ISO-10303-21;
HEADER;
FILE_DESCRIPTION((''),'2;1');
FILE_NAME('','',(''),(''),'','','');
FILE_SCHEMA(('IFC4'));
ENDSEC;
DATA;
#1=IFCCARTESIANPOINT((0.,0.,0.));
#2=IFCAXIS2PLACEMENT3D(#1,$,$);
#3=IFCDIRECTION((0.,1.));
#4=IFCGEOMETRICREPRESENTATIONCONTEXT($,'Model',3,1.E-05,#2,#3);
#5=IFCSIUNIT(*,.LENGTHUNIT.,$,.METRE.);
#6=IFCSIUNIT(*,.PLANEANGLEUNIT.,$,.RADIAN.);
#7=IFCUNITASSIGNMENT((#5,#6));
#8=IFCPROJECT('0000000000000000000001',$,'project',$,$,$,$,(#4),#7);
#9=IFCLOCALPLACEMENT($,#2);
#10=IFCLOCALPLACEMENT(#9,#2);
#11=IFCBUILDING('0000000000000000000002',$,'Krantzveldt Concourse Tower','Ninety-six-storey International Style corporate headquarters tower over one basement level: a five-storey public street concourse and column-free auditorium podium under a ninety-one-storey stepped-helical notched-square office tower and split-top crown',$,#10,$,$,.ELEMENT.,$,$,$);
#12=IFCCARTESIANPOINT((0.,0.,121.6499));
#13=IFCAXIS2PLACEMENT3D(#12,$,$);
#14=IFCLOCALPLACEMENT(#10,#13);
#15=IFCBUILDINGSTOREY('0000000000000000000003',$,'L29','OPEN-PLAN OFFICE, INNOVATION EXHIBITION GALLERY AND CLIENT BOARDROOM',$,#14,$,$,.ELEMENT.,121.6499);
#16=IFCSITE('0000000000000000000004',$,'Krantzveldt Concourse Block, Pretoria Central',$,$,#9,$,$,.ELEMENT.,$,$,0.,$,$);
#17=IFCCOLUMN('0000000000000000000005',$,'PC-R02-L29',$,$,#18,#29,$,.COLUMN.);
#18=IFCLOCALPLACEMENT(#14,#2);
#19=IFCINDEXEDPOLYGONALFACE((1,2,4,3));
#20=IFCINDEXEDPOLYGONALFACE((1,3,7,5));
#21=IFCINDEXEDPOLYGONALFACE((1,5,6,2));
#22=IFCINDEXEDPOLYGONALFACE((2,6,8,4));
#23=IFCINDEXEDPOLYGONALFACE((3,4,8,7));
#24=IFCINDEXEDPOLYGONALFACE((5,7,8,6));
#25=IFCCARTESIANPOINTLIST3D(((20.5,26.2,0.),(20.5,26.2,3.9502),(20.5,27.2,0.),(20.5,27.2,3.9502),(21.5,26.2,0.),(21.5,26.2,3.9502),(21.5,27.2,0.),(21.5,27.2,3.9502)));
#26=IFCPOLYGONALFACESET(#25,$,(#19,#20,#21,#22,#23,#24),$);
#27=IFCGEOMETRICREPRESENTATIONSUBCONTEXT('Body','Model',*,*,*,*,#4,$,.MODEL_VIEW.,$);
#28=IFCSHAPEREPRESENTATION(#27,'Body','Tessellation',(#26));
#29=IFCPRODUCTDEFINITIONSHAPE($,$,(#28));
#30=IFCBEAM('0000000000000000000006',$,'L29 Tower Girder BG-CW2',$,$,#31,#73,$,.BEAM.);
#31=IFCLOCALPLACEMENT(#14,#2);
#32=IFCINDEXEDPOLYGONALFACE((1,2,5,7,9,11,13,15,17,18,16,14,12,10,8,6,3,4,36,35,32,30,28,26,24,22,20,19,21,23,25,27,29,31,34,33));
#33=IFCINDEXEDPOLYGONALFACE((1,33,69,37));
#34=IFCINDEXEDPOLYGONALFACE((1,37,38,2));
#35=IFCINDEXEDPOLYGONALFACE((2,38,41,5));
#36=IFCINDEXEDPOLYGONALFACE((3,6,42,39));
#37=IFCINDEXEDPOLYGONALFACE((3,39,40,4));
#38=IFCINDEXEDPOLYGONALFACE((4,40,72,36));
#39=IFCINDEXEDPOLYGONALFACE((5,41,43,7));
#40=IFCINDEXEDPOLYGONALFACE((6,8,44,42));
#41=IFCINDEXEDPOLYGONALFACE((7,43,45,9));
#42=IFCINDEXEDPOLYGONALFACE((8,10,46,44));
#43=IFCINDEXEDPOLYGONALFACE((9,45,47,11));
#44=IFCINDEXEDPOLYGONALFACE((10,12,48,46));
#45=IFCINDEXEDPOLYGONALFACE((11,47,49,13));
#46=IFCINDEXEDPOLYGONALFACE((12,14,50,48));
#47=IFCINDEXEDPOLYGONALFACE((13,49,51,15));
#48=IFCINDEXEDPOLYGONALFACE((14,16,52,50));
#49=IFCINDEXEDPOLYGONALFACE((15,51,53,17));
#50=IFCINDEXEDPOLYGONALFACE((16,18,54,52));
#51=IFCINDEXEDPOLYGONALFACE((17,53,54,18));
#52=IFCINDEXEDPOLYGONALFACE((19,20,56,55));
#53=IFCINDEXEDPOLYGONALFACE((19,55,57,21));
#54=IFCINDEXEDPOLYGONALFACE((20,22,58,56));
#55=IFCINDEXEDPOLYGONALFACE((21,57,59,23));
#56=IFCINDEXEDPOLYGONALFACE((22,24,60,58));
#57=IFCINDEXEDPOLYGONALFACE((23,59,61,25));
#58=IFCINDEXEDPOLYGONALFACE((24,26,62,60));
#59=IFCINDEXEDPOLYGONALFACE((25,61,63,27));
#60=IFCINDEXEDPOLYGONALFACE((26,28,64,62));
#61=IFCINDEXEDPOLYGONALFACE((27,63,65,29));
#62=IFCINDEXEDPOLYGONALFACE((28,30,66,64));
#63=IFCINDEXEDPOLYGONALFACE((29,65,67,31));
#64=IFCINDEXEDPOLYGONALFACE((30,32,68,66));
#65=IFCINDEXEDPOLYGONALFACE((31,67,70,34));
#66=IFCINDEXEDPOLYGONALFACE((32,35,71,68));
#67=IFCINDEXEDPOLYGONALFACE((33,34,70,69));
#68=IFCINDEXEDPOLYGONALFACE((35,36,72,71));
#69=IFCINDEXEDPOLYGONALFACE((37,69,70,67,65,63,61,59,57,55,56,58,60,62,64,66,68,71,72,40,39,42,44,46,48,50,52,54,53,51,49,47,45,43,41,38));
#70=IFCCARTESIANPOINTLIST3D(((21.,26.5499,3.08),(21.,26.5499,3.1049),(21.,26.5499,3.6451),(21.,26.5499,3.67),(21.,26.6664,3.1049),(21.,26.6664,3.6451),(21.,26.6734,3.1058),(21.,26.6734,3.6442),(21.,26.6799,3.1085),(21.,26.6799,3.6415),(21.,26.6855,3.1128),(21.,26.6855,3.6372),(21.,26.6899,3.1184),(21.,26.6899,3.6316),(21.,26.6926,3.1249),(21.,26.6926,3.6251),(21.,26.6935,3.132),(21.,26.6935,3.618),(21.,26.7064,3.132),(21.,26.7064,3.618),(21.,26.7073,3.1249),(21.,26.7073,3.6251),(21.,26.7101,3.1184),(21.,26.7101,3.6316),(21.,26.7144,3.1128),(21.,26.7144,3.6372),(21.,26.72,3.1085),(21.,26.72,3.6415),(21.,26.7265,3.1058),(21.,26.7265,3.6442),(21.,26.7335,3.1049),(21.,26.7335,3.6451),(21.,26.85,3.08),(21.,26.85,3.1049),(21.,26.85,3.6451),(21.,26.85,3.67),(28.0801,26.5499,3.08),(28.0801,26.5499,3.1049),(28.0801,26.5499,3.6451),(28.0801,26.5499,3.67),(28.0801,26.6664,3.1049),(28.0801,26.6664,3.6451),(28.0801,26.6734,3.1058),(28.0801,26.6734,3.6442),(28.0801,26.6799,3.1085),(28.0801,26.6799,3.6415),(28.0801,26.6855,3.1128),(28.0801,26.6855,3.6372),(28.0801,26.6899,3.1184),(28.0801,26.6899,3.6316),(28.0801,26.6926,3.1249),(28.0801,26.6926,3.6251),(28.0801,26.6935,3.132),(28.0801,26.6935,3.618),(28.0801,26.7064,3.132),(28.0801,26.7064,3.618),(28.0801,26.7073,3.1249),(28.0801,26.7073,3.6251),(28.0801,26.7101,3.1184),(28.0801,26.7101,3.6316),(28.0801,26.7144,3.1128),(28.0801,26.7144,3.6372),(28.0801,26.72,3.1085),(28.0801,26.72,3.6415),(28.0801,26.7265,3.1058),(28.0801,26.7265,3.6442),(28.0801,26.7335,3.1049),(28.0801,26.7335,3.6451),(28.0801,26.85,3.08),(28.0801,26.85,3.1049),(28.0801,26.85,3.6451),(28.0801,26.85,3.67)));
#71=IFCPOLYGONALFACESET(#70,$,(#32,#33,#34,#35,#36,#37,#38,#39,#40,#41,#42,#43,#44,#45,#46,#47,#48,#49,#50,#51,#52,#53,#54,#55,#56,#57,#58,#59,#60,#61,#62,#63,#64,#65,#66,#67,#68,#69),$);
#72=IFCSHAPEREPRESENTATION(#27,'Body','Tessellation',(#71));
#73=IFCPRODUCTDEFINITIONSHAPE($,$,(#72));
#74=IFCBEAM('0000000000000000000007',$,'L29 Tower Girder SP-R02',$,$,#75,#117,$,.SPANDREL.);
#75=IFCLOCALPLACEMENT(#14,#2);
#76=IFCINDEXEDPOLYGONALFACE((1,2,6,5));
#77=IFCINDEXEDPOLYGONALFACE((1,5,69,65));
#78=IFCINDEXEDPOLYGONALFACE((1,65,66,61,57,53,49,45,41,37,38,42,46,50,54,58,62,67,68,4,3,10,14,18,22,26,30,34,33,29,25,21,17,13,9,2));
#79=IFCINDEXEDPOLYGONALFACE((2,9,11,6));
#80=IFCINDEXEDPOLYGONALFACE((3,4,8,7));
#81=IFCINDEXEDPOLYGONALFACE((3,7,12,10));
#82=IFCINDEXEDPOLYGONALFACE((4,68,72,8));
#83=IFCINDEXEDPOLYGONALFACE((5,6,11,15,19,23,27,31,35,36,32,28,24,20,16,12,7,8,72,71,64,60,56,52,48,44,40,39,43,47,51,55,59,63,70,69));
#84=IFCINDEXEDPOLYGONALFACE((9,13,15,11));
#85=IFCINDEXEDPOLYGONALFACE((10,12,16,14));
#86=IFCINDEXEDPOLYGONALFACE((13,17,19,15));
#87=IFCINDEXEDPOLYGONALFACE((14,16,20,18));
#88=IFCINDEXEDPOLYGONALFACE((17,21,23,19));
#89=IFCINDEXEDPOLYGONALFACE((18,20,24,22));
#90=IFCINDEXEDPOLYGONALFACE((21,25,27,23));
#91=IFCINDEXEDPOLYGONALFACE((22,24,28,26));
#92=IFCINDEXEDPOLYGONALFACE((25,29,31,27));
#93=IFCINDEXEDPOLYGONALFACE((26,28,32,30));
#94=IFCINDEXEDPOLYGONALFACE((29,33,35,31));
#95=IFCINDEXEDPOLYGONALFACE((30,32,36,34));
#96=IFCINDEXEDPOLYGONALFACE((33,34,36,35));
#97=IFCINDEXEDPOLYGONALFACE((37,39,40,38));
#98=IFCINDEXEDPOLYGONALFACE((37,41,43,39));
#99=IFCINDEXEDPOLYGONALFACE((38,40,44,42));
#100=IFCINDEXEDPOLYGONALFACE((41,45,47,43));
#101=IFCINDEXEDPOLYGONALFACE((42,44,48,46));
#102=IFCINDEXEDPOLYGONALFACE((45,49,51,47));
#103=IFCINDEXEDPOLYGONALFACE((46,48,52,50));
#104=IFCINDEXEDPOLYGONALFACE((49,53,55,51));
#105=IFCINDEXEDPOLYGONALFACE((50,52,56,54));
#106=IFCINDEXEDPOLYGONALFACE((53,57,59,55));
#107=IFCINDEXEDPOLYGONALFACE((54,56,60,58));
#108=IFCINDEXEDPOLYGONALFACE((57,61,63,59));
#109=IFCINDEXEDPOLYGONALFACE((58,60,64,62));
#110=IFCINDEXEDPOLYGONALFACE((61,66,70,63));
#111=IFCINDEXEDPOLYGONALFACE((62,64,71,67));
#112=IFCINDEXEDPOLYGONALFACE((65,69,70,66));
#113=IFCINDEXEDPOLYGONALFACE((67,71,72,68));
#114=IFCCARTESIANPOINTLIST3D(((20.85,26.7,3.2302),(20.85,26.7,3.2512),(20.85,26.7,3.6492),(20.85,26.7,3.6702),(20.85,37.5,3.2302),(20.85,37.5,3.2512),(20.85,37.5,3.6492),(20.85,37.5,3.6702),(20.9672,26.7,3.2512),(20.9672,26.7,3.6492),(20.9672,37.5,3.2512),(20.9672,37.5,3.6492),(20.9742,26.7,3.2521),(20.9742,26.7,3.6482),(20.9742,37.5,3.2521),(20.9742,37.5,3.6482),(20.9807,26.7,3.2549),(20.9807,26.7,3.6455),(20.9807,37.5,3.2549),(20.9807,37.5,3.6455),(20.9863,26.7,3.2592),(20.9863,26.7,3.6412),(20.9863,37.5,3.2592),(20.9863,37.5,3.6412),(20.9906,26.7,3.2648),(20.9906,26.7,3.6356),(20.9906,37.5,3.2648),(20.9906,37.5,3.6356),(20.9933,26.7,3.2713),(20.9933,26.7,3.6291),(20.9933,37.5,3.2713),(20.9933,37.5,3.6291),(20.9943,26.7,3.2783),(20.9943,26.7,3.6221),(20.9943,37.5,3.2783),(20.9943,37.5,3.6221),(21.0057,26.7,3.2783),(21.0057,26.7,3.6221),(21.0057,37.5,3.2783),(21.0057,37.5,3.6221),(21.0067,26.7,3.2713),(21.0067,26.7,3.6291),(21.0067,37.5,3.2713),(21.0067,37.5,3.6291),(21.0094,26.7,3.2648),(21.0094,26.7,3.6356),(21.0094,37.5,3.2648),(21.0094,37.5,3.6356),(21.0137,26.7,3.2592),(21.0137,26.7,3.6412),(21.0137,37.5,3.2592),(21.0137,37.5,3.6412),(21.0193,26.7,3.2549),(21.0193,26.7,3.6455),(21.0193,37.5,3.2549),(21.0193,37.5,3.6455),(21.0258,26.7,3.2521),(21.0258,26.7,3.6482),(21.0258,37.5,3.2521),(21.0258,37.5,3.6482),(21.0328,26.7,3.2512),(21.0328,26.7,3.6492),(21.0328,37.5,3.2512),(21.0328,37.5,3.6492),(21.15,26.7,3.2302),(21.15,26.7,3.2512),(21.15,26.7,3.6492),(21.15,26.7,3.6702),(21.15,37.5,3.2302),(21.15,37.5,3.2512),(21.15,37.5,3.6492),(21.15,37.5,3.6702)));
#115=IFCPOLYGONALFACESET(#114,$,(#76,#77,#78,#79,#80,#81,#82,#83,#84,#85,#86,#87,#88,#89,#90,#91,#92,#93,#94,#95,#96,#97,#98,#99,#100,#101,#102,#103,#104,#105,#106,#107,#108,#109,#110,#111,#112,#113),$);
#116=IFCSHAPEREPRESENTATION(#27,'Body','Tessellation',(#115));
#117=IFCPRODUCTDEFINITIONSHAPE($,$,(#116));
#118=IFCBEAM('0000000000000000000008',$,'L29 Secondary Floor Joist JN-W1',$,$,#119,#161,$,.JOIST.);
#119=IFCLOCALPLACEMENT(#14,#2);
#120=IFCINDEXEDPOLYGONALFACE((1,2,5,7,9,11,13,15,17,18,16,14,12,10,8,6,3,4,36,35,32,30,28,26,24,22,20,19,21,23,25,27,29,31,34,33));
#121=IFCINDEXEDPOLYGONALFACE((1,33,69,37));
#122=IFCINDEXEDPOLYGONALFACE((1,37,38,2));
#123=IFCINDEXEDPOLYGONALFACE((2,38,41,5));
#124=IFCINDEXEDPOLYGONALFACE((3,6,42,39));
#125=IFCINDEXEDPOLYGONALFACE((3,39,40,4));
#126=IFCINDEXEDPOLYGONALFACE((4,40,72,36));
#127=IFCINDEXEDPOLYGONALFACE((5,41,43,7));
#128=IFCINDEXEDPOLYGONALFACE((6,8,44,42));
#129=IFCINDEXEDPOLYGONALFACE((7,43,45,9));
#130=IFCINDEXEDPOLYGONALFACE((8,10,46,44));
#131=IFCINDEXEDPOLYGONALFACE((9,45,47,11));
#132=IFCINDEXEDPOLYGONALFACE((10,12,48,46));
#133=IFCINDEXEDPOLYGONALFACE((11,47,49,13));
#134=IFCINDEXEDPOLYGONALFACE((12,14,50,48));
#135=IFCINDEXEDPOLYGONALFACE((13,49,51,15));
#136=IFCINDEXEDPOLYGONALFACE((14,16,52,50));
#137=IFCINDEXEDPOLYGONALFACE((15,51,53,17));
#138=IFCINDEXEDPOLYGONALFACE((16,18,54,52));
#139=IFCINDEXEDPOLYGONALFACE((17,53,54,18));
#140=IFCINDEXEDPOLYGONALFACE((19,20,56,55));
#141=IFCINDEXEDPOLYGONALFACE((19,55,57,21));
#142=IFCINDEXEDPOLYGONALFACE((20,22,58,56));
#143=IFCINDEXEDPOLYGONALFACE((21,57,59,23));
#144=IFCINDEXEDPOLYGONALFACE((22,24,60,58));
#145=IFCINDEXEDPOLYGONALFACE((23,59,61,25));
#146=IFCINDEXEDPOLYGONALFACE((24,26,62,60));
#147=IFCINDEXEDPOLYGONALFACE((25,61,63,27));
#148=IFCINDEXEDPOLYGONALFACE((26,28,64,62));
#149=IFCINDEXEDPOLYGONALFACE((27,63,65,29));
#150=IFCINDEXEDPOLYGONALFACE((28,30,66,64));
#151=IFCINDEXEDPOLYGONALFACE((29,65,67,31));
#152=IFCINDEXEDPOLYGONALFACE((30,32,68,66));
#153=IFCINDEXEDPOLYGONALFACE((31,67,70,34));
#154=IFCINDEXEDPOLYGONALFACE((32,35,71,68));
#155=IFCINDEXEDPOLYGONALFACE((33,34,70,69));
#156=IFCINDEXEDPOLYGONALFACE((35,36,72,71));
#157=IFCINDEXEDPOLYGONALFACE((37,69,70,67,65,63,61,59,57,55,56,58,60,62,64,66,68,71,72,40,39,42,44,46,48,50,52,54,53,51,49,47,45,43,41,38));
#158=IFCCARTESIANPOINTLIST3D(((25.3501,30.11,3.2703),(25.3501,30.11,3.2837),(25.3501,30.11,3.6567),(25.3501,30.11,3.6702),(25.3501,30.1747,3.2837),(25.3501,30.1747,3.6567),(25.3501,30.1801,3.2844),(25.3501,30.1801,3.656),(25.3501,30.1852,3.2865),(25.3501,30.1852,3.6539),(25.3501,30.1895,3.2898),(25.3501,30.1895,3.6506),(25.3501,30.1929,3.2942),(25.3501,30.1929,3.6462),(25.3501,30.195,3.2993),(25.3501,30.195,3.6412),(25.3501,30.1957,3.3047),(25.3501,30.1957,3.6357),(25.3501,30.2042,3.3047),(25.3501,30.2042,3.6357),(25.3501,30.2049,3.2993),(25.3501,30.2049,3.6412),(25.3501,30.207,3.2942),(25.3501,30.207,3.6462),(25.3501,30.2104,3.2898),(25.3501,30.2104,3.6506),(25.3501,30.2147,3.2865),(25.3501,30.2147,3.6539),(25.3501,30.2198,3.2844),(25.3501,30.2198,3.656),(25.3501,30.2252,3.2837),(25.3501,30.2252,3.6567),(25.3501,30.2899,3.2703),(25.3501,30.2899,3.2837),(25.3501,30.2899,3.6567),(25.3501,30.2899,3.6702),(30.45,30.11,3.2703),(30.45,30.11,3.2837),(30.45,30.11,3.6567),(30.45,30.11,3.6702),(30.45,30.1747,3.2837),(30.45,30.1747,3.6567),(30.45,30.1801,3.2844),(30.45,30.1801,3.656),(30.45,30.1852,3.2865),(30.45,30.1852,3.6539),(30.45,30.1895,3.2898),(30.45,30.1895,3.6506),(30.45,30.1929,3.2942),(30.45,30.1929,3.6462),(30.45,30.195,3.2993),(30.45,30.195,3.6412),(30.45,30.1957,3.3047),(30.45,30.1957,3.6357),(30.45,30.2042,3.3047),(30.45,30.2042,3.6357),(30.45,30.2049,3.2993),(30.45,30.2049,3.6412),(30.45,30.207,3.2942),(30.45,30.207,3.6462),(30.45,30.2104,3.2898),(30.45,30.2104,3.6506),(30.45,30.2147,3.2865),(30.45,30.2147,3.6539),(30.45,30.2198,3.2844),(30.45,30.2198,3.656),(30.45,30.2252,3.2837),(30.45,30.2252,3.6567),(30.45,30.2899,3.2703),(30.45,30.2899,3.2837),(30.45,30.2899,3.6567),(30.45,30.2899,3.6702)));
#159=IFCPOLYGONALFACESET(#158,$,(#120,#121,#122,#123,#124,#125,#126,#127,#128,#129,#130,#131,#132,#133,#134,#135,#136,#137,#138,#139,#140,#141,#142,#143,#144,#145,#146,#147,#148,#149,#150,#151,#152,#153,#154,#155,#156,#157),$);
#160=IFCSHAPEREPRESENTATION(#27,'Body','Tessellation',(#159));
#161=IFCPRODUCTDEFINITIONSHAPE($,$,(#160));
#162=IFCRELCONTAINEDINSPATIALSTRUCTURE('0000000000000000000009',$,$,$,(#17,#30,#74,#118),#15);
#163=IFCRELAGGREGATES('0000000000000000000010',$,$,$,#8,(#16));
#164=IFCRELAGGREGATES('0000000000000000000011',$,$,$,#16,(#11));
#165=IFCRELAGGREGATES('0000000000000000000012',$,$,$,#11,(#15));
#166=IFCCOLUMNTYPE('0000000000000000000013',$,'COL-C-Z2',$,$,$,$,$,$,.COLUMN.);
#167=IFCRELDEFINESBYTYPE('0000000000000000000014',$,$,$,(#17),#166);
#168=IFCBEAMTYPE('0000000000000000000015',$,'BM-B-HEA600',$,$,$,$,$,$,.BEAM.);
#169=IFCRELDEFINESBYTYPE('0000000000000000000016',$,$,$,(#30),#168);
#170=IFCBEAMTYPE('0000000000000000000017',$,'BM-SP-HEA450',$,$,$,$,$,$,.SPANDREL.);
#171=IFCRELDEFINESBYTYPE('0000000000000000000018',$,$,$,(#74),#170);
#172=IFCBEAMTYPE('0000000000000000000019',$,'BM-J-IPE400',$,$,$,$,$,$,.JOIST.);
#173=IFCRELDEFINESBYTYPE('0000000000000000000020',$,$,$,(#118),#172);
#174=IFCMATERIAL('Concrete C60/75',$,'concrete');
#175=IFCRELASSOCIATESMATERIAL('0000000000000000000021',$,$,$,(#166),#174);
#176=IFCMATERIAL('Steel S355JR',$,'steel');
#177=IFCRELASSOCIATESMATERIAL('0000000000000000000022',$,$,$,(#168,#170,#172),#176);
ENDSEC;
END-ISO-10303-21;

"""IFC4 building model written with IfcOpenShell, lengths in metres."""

from ifc_helpers import new_model, si_unit, direction, frame, origin, origin_2d, place, context, subcontext, project, spatial, rectangle, i_section, extrude, source, transform, mapped, material, material_profile, profile_set, type_object, type_shapes, element, save


model = new_model("IFC4")

# Units and contexts
model_context = context("Model", 3, precision=1e-05, world=origin(), true_north=direction((0.0, 1.0)))
body_context = subcontext(model_context, "Body", "Model", "MODEL_VIEW")
ifc_project = project(units=[si_unit("LENGTHUNIT", "METRE"), si_unit("PLANEANGLEUNIT", "RADIAN")], contexts=[model_context])

# Site, building, storey
site_placement = place(None, origin())
site = spatial("IfcSite", under=ifc_project, at=site_placement, Name="Krantzveldt Concourse Block, Pretoria Central", CompositionType="ELEMENT", RefElevation=0.0)
building_placement = place(site_placement, origin())
building = spatial("IfcBuilding", under=site, at=building_placement, Name="Krantzveldt Concourse Tower", Description="Ninety-six-storey International Style corporate headquarters tower over one basement level: a five-storey public street concourse and column-free auditorium podium under a ninety-one-storey stepped-helical notched-square office tower and split-top crown", CompositionType="ELEMENT")
storey_placement = place(building_placement, frame((0.0, 0.0, 121.6499)))
storey = spatial("IfcBuildingStorey", under=building, at=storey_placement, Name="L29", Description="OPEN-PLAN OFFICE, INNOVATION EXHIBITION GALLERY AND CLIENT BOARDROOM", CompositionType="ELEMENT", Elevation=121.6499)

# Column
ifc_material_1 = material(Name="Concrete C60/75", Category="concrete")
ifc_material_profile_1 = material_profile(ifc_material_1, rectangle(XDim=1.0, YDim=1.0, at=origin_2d()), Name="Concrete C60/75", Category="concrete")
ifc_profile_set_1 = profile_set([ifc_material_profile_1], Name="Concrete C60/75 - RC 1000x1000")
column_type = type_object("IfcColumnType", Name="COL-C-Z2", PredefinedType="COLUMN", material=ifc_profile_set_1)
shared_shape_1 = source(origin(), body_context, "Body", "SweptSolid", [
    extrude(rectangle(XDim=1.0, YDim=1.0, at=origin_2d()), origin(), (0.0, 0.0, 1.0), 3.9502),
])
type_shapes(column_type, [shared_shape_1])
column_placement = place(storey_placement, frame((21.0, 26.7, 0.0), z_axis=(0.0, 0.0, 1.0), x_axis=(1.0, 0.0, 0.0)))
element("IfcColumn", 1, at=column_placement, inside=storey, type_object=column_type, Name="PC-R02-L29", PredefinedType="COLUMN", context=body_context, shape_type="MappedRepresentation", body=[
    mapped(shared_shape_1, transform((0.0, 0.0, 0.0), x_axis=(1.0, 0.0, 0.0), y_axis=(0.0, 1.0, 0.0), z_axis=(0.0, 0.0, 1.0), scale=1.0)),
])

# Beams
ifc_material_2 = material(Name="Steel S355JR", Category="steel")
ifc_material_profile_2 = material_profile(ifc_material_2, i_section(OverallWidth=0.3, OverallDepth=0.5901, WebThickness=0.0129, FlangeThickness=0.0249, FilletRadius=0.0271, at=origin_2d()), Name="Steel S355JR", Category="steel")
ifc_profile_set_2 = profile_set([ifc_material_profile_2], Name="Steel S355JR - HEA 600")
beam_type_1 = type_object("IfcBeamType", Name="BM-B-HEA600", PredefinedType="BEAM", material=ifc_profile_set_2)
shared_shape_2 = source(origin(), body_context, "Body", "SweptSolid", [
    extrude(i_section(OverallWidth=0.3, OverallDepth=0.5901, WebThickness=0.0129, FlangeThickness=0.0249, FilletRadius=0.0271, at=origin_2d()), origin(), (0.0, 0.0, 1.0), 7.0801),
])
type_shapes(beam_type_1, [shared_shape_2])
beam_1_placement = place(storey_placement, frame((21.0, 26.7, 3.375), z_axis=(1.0, 0.0, 0.0), x_axis=(0.0, 1.0, 0.0)))
element("IfcBeam", 2, at=beam_1_placement, inside=storey, type_object=beam_type_1, Name="L29 Tower Girder BG-CW2", PredefinedType="BEAM", context=body_context, shape_type="MappedRepresentation", body=[
    mapped(shared_shape_2, transform((0.0, 0.0, 0.0), x_axis=(1.0, 0.0, 0.0), y_axis=(0.0, 1.0, 0.0), z_axis=(0.0, 0.0, 1.0), scale=1.0)),
])
ifc_material_profile_3 = material_profile(ifc_material_2, i_section(OverallWidth=0.3, OverallDepth=0.4399, WebThickness=0.0115, FlangeThickness=0.021, FilletRadius=0.0271, at=origin_2d()), Name="Steel S355JR", Category="steel")
ifc_profile_set_3 = profile_set([ifc_material_profile_3], Name="Steel S355JR - HEA 450")
beam_type_2 = type_object("IfcBeamType", Name="BM-SP-HEA450", PredefinedType="SPANDREL", material=ifc_profile_set_3)
shared_shape_3 = source(origin(), body_context, "Body", "SweptSolid", [
    extrude(i_section(OverallWidth=0.3, OverallDepth=0.4399, WebThickness=0.0115, FlangeThickness=0.021, FilletRadius=0.0271, at=origin_2d()), origin(), (0.0, 0.0, 1.0), 10.8),
])
type_shapes(beam_type_2, [shared_shape_3])
beam_2_placement = place(storey_placement, frame((21.0, 26.7, 3.4502), z_axis=(0.0, 1.0, 0.0), x_axis=(-1.0, 0.0, 0.0)))
element("IfcBeam", 3, at=beam_2_placement, inside=storey, type_object=beam_type_2, Name="L29 Tower Girder SP-R02", PredefinedType="SPANDREL", context=body_context, shape_type="MappedRepresentation", body=[
    mapped(shared_shape_3, transform((0.0, 0.0, 0.0), x_axis=(1.0, 0.0, 0.0), y_axis=(0.0, 1.0, 0.0), z_axis=(0.0, 0.0, 1.0), scale=1.0)),
])
ifc_material_profile_4 = material_profile(ifc_material_2, i_section(OverallWidth=0.1799, OverallDepth=0.3999, WebThickness=0.0085, FlangeThickness=0.0134, FilletRadius=0.021, at=origin_2d()), Name="Steel S355JR", Category="steel")
ifc_profile_set_4 = profile_set([ifc_material_profile_4], Name="Steel S355JR - IPE 400")
beam_type_3 = type_object("IfcBeamType", Name="BM-J-IPE400", PredefinedType="JOIST", material=ifc_profile_set_4)
shared_shape_4 = source(origin(), body_context, "Body", "SweptSolid", [
    extrude(i_section(OverallWidth=0.1799, OverallDepth=0.3999, WebThickness=0.0085, FlangeThickness=0.0134, FilletRadius=0.021, at=origin_2d()), origin(), (0.0, 0.0, 1.0), 5.0999),
])
type_shapes(beam_type_3, [shared_shape_4])
beam_3_placement = place(storey_placement, frame((25.3501, 30.2, 3.4702), z_axis=(1.0, 0.0, 0.0), x_axis=(0.0, 1.0, 0.0)))
element("IfcBeam", 4, at=beam_3_placement, inside=storey, type_object=beam_type_3, Name="L29 Secondary Floor Joist JN-W1", PredefinedType="JOIST", context=body_context, shape_type="MappedRepresentation", body=[
    mapped(shared_shape_4, transform((0.0, 0.0, 0.0), x_axis=(1.0, 0.0, 0.0), y_axis=(0.0, 1.0, 0.0), z_axis=(0.0, 0.0, 1.0), scale=1.0)),
])

save(model, "model.ifc")
